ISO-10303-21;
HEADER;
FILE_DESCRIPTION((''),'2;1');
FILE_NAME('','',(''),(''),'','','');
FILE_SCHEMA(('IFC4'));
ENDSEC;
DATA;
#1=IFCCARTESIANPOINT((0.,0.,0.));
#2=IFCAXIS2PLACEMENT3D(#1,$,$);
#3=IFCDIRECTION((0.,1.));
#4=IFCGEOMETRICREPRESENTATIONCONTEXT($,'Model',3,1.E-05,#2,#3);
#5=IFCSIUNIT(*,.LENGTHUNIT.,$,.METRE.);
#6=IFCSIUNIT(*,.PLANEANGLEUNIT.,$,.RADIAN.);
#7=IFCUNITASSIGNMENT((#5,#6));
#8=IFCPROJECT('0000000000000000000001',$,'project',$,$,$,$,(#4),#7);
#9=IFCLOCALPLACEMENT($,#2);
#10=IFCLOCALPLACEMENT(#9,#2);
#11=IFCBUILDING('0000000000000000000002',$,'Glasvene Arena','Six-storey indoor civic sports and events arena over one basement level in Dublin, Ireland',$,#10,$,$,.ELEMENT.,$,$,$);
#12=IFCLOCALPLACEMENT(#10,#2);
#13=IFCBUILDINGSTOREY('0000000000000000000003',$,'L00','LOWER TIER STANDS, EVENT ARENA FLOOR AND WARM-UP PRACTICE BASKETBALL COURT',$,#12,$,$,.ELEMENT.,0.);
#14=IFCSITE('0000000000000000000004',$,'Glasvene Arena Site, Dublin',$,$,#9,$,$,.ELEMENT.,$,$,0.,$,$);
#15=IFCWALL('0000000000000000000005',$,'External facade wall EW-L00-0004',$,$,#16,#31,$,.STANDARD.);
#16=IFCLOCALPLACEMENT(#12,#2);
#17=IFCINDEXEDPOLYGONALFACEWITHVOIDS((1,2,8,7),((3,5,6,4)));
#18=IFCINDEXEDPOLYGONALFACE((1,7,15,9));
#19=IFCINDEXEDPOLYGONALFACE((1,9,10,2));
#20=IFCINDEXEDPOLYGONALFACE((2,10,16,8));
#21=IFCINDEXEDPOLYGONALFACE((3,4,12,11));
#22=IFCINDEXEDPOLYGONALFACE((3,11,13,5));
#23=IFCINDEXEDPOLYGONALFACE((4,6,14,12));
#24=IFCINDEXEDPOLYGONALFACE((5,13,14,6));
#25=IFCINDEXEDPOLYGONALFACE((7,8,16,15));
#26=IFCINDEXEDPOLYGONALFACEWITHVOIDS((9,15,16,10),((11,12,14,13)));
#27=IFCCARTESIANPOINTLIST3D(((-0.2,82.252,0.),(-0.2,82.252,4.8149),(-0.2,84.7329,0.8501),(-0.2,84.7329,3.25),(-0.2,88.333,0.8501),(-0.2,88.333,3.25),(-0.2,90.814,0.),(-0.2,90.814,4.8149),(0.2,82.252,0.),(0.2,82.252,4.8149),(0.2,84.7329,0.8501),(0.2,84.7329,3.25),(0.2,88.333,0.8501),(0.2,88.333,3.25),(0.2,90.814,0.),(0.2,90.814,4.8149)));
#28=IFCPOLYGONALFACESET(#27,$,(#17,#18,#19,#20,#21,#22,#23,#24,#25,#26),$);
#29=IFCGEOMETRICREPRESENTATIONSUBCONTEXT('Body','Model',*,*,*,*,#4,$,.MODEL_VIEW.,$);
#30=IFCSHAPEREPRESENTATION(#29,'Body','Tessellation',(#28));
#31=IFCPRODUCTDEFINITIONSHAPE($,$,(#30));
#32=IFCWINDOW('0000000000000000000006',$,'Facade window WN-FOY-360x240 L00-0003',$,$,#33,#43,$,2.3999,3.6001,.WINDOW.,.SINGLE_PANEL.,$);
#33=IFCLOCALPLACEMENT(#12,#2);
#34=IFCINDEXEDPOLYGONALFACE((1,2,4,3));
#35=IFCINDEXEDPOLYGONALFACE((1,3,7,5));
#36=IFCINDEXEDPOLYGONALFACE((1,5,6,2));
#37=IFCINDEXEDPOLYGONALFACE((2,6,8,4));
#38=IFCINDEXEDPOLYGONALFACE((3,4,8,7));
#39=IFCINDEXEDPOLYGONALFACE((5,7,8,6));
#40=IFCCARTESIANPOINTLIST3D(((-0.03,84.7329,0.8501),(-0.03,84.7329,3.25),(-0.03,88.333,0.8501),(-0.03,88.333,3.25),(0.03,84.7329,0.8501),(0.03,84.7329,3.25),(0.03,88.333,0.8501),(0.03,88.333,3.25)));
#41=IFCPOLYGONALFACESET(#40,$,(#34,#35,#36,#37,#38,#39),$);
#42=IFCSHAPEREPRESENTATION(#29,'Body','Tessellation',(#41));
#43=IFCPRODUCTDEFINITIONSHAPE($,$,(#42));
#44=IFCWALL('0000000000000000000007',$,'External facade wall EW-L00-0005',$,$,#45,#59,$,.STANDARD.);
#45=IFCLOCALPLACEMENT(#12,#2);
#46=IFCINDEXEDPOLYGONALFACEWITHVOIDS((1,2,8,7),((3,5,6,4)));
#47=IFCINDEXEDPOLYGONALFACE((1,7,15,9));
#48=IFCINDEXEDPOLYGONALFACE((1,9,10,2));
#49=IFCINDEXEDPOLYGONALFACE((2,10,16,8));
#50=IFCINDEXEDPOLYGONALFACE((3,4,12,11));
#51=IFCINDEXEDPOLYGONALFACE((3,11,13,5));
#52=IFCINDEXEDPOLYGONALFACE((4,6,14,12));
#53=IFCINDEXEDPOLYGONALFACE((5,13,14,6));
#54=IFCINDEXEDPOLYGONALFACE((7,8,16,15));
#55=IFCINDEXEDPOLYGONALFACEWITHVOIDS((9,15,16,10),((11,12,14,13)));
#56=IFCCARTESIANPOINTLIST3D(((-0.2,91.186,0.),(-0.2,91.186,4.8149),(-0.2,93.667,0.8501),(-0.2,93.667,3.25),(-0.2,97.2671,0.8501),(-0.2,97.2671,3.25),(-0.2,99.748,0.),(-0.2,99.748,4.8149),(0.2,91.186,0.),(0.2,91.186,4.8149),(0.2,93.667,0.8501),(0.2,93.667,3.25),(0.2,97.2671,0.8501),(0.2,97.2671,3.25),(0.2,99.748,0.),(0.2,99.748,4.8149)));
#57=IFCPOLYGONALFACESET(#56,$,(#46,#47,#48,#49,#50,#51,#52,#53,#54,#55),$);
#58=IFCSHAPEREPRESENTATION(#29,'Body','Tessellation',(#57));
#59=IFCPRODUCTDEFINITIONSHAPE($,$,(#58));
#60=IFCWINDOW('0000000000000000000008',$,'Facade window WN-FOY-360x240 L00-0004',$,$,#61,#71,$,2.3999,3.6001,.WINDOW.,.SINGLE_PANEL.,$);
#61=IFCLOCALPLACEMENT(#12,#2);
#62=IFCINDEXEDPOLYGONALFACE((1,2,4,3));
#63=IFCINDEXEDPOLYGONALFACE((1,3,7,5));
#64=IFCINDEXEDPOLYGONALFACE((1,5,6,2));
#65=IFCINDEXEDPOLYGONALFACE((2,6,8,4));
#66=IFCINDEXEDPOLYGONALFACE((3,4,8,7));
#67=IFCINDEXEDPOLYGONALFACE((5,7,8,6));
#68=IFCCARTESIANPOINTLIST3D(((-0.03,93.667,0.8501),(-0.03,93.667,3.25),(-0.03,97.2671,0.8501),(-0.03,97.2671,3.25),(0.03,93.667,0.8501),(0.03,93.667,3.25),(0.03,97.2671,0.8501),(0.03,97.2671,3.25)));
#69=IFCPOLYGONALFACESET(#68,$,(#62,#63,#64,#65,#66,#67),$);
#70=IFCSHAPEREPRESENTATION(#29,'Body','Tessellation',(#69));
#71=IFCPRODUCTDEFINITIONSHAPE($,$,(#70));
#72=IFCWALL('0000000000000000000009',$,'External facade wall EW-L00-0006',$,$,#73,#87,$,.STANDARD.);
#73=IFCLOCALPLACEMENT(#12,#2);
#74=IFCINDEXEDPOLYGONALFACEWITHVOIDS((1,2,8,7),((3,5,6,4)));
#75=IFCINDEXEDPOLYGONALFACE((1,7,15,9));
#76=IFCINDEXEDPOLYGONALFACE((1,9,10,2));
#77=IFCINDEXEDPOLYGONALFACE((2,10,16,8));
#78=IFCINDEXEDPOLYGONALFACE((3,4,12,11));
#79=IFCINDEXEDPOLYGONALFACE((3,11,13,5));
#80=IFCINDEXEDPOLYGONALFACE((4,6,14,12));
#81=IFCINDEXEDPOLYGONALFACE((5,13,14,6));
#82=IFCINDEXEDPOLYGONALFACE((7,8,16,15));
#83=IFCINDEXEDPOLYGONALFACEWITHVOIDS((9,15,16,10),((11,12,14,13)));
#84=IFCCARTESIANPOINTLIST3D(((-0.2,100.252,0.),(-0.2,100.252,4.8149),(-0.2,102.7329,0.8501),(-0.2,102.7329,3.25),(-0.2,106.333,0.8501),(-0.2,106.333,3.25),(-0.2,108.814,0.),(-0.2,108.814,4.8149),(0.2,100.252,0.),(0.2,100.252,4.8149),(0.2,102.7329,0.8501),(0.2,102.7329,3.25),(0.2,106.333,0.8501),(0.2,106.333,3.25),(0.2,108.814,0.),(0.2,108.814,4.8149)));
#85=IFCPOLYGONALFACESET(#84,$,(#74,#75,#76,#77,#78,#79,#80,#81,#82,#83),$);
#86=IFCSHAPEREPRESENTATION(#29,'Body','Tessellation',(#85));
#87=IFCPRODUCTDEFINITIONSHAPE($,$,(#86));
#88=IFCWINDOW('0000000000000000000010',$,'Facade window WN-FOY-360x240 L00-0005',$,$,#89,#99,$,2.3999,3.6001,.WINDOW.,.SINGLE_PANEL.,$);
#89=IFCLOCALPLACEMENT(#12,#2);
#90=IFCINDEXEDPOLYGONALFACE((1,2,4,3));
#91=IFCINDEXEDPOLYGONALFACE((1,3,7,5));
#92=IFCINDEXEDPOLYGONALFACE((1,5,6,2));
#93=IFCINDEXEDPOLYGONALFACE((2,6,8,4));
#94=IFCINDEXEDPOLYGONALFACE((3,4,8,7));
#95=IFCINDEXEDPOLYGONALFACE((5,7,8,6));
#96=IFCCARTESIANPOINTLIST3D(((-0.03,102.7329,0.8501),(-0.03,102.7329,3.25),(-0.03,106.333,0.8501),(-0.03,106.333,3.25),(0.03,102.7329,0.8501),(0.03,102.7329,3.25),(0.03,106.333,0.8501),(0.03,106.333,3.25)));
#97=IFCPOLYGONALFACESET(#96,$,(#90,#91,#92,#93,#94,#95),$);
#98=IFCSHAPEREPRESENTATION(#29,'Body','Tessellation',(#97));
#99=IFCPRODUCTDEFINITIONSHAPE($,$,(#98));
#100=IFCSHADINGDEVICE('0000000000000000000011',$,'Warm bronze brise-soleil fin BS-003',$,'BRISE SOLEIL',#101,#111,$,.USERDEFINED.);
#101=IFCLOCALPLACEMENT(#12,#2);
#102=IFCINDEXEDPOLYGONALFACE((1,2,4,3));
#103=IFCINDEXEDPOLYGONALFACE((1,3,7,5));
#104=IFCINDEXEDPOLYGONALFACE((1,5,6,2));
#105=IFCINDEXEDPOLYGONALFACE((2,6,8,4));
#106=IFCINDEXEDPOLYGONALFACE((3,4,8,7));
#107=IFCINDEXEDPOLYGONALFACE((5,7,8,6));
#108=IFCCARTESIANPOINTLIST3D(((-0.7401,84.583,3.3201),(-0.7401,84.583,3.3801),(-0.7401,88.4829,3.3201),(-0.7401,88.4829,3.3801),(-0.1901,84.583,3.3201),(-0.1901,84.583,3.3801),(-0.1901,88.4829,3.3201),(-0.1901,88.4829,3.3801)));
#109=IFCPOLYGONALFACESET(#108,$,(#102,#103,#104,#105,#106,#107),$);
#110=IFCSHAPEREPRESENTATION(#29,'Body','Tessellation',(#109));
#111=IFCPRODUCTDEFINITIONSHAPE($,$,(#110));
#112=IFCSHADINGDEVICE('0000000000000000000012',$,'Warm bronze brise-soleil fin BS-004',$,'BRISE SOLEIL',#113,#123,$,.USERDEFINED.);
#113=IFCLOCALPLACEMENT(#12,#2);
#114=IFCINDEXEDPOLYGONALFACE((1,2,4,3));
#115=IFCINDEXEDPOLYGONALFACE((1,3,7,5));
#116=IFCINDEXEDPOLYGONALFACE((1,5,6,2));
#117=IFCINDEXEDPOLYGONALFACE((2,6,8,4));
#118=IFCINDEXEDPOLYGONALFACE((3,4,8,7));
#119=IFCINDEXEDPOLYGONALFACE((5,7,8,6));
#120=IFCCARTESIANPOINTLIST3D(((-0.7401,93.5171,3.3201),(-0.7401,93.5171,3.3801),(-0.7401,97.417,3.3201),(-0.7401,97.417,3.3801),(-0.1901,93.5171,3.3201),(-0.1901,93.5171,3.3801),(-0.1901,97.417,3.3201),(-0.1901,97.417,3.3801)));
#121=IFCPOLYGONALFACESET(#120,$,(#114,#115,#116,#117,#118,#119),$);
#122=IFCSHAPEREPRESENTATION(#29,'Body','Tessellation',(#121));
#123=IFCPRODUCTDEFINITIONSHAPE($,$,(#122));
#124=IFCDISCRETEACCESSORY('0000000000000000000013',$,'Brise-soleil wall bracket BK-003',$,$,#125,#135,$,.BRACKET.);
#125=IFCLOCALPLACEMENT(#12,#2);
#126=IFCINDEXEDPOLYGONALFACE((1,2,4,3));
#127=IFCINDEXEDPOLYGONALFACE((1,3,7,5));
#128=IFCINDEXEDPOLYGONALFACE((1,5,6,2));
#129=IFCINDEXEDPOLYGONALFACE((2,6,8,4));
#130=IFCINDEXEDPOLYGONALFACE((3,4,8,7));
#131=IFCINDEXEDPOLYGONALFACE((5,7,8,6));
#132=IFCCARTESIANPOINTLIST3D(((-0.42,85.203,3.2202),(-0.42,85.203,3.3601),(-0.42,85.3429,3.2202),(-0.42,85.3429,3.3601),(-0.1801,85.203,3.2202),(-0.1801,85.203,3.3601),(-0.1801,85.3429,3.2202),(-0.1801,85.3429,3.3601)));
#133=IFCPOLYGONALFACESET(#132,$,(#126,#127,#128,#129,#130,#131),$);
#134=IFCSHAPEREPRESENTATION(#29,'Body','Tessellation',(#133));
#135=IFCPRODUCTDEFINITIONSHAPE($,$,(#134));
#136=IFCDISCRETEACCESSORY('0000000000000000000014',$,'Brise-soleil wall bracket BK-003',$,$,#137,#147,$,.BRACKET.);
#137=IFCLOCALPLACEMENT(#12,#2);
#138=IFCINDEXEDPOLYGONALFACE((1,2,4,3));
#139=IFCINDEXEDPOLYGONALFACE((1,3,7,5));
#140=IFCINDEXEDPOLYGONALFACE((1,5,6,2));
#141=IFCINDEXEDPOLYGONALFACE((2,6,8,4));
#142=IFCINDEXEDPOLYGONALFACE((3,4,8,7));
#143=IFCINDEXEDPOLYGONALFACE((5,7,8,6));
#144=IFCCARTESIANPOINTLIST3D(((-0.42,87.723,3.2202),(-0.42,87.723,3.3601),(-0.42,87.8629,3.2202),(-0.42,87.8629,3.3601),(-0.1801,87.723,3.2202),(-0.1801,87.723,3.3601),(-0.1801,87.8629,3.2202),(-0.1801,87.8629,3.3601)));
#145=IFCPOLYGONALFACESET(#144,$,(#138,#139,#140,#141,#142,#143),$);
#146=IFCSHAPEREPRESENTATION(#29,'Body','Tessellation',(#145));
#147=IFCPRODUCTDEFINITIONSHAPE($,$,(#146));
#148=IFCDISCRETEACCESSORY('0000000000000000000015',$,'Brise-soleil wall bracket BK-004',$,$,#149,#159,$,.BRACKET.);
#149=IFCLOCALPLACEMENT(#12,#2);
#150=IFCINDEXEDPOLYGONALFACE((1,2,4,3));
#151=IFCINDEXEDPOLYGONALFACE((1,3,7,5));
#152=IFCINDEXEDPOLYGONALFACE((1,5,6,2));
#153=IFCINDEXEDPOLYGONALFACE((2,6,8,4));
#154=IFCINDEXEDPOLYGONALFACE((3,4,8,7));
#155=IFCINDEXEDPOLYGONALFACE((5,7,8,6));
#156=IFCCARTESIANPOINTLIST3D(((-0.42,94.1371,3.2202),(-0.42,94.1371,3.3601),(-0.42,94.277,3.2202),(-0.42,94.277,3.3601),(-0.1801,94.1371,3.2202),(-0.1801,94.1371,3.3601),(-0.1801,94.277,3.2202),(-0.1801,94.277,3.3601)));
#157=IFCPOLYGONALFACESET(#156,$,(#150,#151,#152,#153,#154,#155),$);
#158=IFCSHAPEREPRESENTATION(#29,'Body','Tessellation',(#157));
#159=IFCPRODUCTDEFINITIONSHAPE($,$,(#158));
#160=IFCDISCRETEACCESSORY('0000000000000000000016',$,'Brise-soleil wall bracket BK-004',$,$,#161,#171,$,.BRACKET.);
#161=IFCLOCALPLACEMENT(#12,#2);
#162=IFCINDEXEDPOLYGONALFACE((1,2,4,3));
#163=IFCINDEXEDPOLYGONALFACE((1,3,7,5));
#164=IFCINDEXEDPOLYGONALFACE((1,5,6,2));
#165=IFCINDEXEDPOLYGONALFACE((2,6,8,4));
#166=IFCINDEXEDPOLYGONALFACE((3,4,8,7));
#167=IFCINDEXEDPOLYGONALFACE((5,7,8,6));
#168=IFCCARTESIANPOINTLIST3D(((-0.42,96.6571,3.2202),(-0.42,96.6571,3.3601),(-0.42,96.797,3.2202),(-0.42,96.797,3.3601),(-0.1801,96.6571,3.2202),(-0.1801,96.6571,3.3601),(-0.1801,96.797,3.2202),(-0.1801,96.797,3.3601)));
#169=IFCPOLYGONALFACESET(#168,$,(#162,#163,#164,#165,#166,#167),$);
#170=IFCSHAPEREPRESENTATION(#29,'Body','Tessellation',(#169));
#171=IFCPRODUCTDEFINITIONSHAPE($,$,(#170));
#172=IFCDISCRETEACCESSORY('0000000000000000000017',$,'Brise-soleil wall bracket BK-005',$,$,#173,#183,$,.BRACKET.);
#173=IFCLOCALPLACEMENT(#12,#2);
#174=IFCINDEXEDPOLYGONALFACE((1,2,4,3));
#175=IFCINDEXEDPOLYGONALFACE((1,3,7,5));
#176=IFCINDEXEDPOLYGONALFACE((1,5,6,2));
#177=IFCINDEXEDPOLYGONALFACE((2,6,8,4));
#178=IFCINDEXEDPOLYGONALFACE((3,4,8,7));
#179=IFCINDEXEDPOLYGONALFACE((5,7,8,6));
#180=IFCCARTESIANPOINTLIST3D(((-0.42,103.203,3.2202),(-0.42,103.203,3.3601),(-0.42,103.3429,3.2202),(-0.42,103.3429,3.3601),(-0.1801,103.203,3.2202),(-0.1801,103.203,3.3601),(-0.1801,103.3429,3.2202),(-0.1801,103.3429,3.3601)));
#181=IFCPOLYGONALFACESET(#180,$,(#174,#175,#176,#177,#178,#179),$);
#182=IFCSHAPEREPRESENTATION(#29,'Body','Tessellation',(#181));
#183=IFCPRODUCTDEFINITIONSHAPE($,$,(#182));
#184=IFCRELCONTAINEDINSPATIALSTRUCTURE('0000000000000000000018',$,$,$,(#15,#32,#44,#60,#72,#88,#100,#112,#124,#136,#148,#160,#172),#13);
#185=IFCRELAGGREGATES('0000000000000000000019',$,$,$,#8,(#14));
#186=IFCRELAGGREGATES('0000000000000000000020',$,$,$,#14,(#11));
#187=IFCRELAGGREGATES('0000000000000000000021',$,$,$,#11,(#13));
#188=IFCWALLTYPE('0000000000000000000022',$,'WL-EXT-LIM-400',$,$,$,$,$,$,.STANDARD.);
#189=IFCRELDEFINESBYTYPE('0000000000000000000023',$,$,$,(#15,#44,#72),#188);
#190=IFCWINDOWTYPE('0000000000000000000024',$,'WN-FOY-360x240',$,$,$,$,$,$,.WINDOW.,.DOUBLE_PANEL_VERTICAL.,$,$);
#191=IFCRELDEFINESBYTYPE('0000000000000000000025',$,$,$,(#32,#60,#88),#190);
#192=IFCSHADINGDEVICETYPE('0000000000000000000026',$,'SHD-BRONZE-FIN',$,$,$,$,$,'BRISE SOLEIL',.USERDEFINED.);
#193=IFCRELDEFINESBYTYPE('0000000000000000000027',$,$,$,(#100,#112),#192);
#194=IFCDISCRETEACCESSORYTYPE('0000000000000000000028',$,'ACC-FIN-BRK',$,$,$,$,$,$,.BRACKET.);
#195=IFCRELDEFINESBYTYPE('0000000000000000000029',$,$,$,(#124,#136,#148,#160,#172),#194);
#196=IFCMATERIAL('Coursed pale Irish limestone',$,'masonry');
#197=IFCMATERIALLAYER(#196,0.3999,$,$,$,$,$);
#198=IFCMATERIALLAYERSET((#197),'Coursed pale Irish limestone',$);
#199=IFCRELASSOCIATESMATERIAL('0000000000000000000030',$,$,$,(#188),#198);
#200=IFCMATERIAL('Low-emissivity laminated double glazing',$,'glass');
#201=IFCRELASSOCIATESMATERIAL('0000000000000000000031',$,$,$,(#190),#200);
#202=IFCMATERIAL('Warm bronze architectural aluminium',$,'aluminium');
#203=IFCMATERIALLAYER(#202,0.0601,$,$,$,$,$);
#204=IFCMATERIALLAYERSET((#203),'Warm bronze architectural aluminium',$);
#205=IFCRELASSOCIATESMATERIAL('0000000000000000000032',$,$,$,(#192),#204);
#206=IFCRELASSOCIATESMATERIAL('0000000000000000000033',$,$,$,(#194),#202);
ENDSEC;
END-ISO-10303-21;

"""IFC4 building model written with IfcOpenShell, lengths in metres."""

from ifc_helpers import new_model, si_unit, direction, frame, frame_2d, origin, origin_2d, place, context, subcontext, project, spatial, rectangle, extrude, material, layer, layer_set, type_object, element, fill, save


model = new_model("IFC4")

# Units and contexts
model_context = context("Model", 3, precision=1e-05, world=origin(), true_north=direction((0.0, 1.0)))
body_context = subcontext(model_context, "Body", "Model", "MODEL_VIEW")
ifc_project = project(units=[si_unit("LENGTHUNIT", "METRE"), si_unit("PLANEANGLEUNIT", "RADIAN")], contexts=[model_context])

# Site, building, storey
site_placement = place(None, origin())
site = spatial("IfcSite", under=ifc_project, at=site_placement, Name="Glasvene Arena Site, Dublin", CompositionType="ELEMENT", RefElevation=0.0)
building_placement = place(site_placement, origin())
building = spatial("IfcBuilding", under=site, at=building_placement, Name="Glasvene Arena", Description="Six-storey indoor civic sports and events arena over one basement level in Dublin, Ireland", CompositionType="ELEMENT")
storey_placement = place(building_placement, origin())
storey = spatial("IfcBuildingStorey", under=building, at=storey_placement, Name="L00", Description="LOWER TIER STANDS, EVENT ARENA FLOOR AND WARM-UP PRACTICE BASKETBALL COURT", CompositionType="ELEMENT", Elevation=0.0)

# Walls, openings, windows
ifc_material_1 = material(Name="Coursed pale Irish limestone", Category="masonry")
ifc_layer_1 = layer(ifc_material_1, 0.3999)
ifc_layer_set_1 = layer_set([ifc_layer_1], Name="Coursed pale Irish limestone")
wall_type = type_object("IfcWallType", Name="WL-EXT-LIM-400", PredefinedType="STANDARD", material=ifc_layer_set_1)
wall_1_placement = place(storey_placement, frame((0.0, 82.252, 0.0), z_axis=(0.0, 0.0, 1.0), x_axis=(0.0, 1.0, 0.0)))
wall_1 = element("IfcWall", 1, at=wall_1_placement, inside=storey, type_object=wall_type, Name="External facade wall EW-L00-0004", PredefinedType="STANDARD", context=body_context, shape_type="SweptSolid", body=[
    extrude(rectangle(XDim=8.562, YDim=0.3999, at=frame_2d((4.281, 0.0))), origin(), (0.0, 0.0, 1.0), 4.8149),
])
opening_1_placement = place(wall_1_placement, frame((2.481, 0.0, 0.8501)))
opening_1 = element("IfcOpeningElement", 2, at=opening_1_placement, cuts=wall_1, PredefinedType="OPENING", context=body_context, shape_type="SweptSolid", body=[
    extrude(rectangle(XDim=3.6001, YDim=2.3999, at=frame_2d((1.8, 1.2))), frame((0.0, 0.21, 0.0), z_axis=(0.0, -1.0, 0.0), x_axis=(1.0, 0.0, 0.0)), (0.0, 0.0, 1.0), 0.4199),
])
ifc_material_2 = material(Name="Low-emissivity laminated double glazing", Category="glass")
window_type = type_object("IfcWindowType", Name="WN-FOY-360x240", PartitioningType="DOUBLE_PANEL_VERTICAL", PredefinedType="WINDOW", material=ifc_material_2)
window_1_placement = place(opening_1_placement, origin())
window_1 = element("IfcWindow", 3, at=window_1_placement, inside=storey, type_object=window_type, Name="Facade window WN-FOY-360x240 L00-0003", OverallHeight=2.3999, OverallWidth=3.6001, PartitioningType="SINGLE_PANEL", PredefinedType="WINDOW", context=body_context, shape_type="SweptSolid", body=[
    extrude(rectangle(XDim=3.6001, YDim=2.3999, at=frame_2d((1.8, 1.2))), frame((0.0, 0.03, 0.0), z_axis=(0.0, -1.0, 0.0), x_axis=(1.0, 0.0, 0.0)), (0.0, 0.0, 1.0), 0.0601),
])
fill(opening_1, window_1)
wall_2_placement = place(storey_placement, frame((0.0, 91.186, 0.0), z_axis=(0.0, 0.0, 1.0), x_axis=(0.0, 1.0, 0.0)))
wall_2 = element("IfcWall", 4, at=wall_2_placement, inside=storey, type_object=wall_type, Name="External facade wall EW-L00-0005", PredefinedType="STANDARD", context=body_context, shape_type="SweptSolid", body=[
    extrude(rectangle(XDim=8.562, YDim=0.3999, at=frame_2d((4.281, 0.0))), origin(), (0.0, 0.0, 1.0), 4.8149),
])
opening_2_placement = place(wall_2_placement, frame((2.481, 0.0, 0.8501)))
opening_2 = element("IfcOpeningElement", 5, at=opening_2_placement, cuts=wall_2, PredefinedType="OPENING", context=body_context, shape_type="SweptSolid", body=[
    extrude(rectangle(XDim=3.6001, YDim=2.3999, at=frame_2d((1.8, 1.2))), frame((0.0, 0.21, 0.0), z_axis=(0.0, -1.0, 0.0), x_axis=(1.0, 0.0, 0.0)), (0.0, 0.0, 1.0), 0.4199),
])
window_2_placement = place(opening_2_placement, origin())
window_2 = element("IfcWindow", 6, at=window_2_placement, inside=storey, type_object=window_type, Name="Facade window WN-FOY-360x240 L00-0004", OverallHeight=2.3999, OverallWidth=3.6001, PartitioningType="SINGLE_PANEL", PredefinedType="WINDOW", context=body_context, shape_type="SweptSolid", body=[
    extrude(rectangle(XDim=3.6001, YDim=2.3999, at=frame_2d((1.8, 1.2))), frame((0.0, 0.03, 0.0), z_axis=(0.0, -1.0, 0.0), x_axis=(1.0, 0.0, 0.0)), (0.0, 0.0, 1.0), 0.0601),
])
fill(opening_2, window_2)
wall_3_placement = place(storey_placement, frame((0.0, 100.252, 0.0), z_axis=(0.0, 0.0, 1.0), x_axis=(0.0, 1.0, 0.0)))
wall_3 = element("IfcWall", 7, at=wall_3_placement, inside=storey, type_object=wall_type, Name="External facade wall EW-L00-0006", PredefinedType="STANDARD", context=body_context, shape_type="SweptSolid", body=[
    extrude(rectangle(XDim=8.562, YDim=0.3999, at=frame_2d((4.281, 0.0))), origin(), (0.0, 0.0, 1.0), 4.8149),
])
opening_3_placement = place(wall_3_placement, frame((2.481, 0.0, 0.8501)))
opening_3 = element("IfcOpeningElement", 8, at=opening_3_placement, cuts=wall_3, PredefinedType="OPENING", context=body_context, shape_type="SweptSolid", body=[
    extrude(rectangle(XDim=3.6001, YDim=2.3999, at=frame_2d((1.8, 1.2))), frame((0.0, 0.21, 0.0), z_axis=(0.0, -1.0, 0.0), x_axis=(1.0, 0.0, 0.0)), (0.0, 0.0, 1.0), 0.4199),
])
window_3_placement = place(opening_3_placement, origin())
window_3 = element("IfcWindow", 9, at=window_3_placement, inside=storey, type_object=window_type, Name="Facade window WN-FOY-360x240 L00-0005", OverallHeight=2.3999, OverallWidth=3.6001, PartitioningType="SINGLE_PANEL", PredefinedType="WINDOW", context=body_context, shape_type="SweptSolid", body=[
    extrude(rectangle(XDim=3.6001, YDim=2.3999, at=frame_2d((1.8, 1.2))), frame((0.0, 0.03, 0.0), z_axis=(0.0, -1.0, 0.0), x_axis=(1.0, 0.0, 0.0)), (0.0, 0.0, 1.0), 0.0601),
])
fill(opening_3, window_3)

# Shading devices
ifc_material_3 = material(Name="Warm bronze architectural aluminium", Category="aluminium")
ifc_layer_2 = layer(ifc_material_3, 0.0601)
ifc_layer_set_2 = layer_set([ifc_layer_2], Name="Warm bronze architectural aluminium")
shading_device_type = type_object("IfcShadingDeviceType", Name="SHD-BRONZE-FIN", ElementType="BRISE SOLEIL", PredefinedType="USERDEFINED", material=ifc_layer_set_2)
for number, where, z_axis, x_axis, name in (
    (10, (-0.4651, 86.533, 3.3201), (0.0, 0.0, 1.0), (0.0, 1.0, 0.0), "Warm bronze brise-soleil fin BS-003"),
    (11, (-0.4651, 95.467, 3.3201), (0.0, 0.0, 1.0), (0.0, 1.0, 0.0), "Warm bronze brise-soleil fin BS-004"),
):
    element("IfcShadingDevice", number, at=place(storey_placement, frame(where, z_axis=z_axis, x_axis=x_axis)), inside=storey, type_object=shading_device_type, Name=name, ObjectType="BRISE SOLEIL", PredefinedType="USERDEFINED", context=body_context, shape_type="SweptSolid", body=[
        extrude(rectangle(XDim=3.8999, YDim=0.55, at=origin_2d()), origin(), (0.0, 0.0, 1.0), 0.0601),
    ])

# Discrete accessories
discrete_accessory_type = type_object("IfcDiscreteAccessoryType", Name="ACC-FIN-BRK", PredefinedType="BRACKET", material=ifc_material_3)
for number, where, z_axis, x_axis, name in (
    (12, (-0.3, 85.2729, 3.2202), (0.0, 0.0, 1.0), (0.0, 1.0, 0.0), "Brise-soleil wall bracket BK-003"),
    (13, (-0.3, 87.793, 3.2202), (0.0, 0.0, 1.0), (0.0, 1.0, 0.0), "Brise-soleil wall bracket BK-003"),
    (14, (-0.3, 94.207, 3.2202), (0.0, 0.0, 1.0), (0.0, 1.0, 0.0), "Brise-soleil wall bracket BK-004"),
    (15, (-0.3, 96.7271, 3.2202), (0.0, 0.0, 1.0), (0.0, 1.0, 0.0), "Brise-soleil wall bracket BK-004"),
    (16, (-0.3, 103.2729, 3.2202), (0.0, 0.0, 1.0), (0.0, 1.0, 0.0), "Brise-soleil wall bracket BK-005"),
):
    element("IfcDiscreteAccessory", number, at=place(storey_placement, frame(where, z_axis=z_axis, x_axis=x_axis)), inside=storey, type_object=discrete_accessory_type, Name=name, PredefinedType="BRACKET", context=body_context, shape_type="SweptSolid", body=[
        extrude(rectangle(XDim=0.1399, YDim=0.24, at=origin_2d()), origin(), (0.0, 0.0, 1.0), 0.1399),
    ])

save(model, "model.ifc")
